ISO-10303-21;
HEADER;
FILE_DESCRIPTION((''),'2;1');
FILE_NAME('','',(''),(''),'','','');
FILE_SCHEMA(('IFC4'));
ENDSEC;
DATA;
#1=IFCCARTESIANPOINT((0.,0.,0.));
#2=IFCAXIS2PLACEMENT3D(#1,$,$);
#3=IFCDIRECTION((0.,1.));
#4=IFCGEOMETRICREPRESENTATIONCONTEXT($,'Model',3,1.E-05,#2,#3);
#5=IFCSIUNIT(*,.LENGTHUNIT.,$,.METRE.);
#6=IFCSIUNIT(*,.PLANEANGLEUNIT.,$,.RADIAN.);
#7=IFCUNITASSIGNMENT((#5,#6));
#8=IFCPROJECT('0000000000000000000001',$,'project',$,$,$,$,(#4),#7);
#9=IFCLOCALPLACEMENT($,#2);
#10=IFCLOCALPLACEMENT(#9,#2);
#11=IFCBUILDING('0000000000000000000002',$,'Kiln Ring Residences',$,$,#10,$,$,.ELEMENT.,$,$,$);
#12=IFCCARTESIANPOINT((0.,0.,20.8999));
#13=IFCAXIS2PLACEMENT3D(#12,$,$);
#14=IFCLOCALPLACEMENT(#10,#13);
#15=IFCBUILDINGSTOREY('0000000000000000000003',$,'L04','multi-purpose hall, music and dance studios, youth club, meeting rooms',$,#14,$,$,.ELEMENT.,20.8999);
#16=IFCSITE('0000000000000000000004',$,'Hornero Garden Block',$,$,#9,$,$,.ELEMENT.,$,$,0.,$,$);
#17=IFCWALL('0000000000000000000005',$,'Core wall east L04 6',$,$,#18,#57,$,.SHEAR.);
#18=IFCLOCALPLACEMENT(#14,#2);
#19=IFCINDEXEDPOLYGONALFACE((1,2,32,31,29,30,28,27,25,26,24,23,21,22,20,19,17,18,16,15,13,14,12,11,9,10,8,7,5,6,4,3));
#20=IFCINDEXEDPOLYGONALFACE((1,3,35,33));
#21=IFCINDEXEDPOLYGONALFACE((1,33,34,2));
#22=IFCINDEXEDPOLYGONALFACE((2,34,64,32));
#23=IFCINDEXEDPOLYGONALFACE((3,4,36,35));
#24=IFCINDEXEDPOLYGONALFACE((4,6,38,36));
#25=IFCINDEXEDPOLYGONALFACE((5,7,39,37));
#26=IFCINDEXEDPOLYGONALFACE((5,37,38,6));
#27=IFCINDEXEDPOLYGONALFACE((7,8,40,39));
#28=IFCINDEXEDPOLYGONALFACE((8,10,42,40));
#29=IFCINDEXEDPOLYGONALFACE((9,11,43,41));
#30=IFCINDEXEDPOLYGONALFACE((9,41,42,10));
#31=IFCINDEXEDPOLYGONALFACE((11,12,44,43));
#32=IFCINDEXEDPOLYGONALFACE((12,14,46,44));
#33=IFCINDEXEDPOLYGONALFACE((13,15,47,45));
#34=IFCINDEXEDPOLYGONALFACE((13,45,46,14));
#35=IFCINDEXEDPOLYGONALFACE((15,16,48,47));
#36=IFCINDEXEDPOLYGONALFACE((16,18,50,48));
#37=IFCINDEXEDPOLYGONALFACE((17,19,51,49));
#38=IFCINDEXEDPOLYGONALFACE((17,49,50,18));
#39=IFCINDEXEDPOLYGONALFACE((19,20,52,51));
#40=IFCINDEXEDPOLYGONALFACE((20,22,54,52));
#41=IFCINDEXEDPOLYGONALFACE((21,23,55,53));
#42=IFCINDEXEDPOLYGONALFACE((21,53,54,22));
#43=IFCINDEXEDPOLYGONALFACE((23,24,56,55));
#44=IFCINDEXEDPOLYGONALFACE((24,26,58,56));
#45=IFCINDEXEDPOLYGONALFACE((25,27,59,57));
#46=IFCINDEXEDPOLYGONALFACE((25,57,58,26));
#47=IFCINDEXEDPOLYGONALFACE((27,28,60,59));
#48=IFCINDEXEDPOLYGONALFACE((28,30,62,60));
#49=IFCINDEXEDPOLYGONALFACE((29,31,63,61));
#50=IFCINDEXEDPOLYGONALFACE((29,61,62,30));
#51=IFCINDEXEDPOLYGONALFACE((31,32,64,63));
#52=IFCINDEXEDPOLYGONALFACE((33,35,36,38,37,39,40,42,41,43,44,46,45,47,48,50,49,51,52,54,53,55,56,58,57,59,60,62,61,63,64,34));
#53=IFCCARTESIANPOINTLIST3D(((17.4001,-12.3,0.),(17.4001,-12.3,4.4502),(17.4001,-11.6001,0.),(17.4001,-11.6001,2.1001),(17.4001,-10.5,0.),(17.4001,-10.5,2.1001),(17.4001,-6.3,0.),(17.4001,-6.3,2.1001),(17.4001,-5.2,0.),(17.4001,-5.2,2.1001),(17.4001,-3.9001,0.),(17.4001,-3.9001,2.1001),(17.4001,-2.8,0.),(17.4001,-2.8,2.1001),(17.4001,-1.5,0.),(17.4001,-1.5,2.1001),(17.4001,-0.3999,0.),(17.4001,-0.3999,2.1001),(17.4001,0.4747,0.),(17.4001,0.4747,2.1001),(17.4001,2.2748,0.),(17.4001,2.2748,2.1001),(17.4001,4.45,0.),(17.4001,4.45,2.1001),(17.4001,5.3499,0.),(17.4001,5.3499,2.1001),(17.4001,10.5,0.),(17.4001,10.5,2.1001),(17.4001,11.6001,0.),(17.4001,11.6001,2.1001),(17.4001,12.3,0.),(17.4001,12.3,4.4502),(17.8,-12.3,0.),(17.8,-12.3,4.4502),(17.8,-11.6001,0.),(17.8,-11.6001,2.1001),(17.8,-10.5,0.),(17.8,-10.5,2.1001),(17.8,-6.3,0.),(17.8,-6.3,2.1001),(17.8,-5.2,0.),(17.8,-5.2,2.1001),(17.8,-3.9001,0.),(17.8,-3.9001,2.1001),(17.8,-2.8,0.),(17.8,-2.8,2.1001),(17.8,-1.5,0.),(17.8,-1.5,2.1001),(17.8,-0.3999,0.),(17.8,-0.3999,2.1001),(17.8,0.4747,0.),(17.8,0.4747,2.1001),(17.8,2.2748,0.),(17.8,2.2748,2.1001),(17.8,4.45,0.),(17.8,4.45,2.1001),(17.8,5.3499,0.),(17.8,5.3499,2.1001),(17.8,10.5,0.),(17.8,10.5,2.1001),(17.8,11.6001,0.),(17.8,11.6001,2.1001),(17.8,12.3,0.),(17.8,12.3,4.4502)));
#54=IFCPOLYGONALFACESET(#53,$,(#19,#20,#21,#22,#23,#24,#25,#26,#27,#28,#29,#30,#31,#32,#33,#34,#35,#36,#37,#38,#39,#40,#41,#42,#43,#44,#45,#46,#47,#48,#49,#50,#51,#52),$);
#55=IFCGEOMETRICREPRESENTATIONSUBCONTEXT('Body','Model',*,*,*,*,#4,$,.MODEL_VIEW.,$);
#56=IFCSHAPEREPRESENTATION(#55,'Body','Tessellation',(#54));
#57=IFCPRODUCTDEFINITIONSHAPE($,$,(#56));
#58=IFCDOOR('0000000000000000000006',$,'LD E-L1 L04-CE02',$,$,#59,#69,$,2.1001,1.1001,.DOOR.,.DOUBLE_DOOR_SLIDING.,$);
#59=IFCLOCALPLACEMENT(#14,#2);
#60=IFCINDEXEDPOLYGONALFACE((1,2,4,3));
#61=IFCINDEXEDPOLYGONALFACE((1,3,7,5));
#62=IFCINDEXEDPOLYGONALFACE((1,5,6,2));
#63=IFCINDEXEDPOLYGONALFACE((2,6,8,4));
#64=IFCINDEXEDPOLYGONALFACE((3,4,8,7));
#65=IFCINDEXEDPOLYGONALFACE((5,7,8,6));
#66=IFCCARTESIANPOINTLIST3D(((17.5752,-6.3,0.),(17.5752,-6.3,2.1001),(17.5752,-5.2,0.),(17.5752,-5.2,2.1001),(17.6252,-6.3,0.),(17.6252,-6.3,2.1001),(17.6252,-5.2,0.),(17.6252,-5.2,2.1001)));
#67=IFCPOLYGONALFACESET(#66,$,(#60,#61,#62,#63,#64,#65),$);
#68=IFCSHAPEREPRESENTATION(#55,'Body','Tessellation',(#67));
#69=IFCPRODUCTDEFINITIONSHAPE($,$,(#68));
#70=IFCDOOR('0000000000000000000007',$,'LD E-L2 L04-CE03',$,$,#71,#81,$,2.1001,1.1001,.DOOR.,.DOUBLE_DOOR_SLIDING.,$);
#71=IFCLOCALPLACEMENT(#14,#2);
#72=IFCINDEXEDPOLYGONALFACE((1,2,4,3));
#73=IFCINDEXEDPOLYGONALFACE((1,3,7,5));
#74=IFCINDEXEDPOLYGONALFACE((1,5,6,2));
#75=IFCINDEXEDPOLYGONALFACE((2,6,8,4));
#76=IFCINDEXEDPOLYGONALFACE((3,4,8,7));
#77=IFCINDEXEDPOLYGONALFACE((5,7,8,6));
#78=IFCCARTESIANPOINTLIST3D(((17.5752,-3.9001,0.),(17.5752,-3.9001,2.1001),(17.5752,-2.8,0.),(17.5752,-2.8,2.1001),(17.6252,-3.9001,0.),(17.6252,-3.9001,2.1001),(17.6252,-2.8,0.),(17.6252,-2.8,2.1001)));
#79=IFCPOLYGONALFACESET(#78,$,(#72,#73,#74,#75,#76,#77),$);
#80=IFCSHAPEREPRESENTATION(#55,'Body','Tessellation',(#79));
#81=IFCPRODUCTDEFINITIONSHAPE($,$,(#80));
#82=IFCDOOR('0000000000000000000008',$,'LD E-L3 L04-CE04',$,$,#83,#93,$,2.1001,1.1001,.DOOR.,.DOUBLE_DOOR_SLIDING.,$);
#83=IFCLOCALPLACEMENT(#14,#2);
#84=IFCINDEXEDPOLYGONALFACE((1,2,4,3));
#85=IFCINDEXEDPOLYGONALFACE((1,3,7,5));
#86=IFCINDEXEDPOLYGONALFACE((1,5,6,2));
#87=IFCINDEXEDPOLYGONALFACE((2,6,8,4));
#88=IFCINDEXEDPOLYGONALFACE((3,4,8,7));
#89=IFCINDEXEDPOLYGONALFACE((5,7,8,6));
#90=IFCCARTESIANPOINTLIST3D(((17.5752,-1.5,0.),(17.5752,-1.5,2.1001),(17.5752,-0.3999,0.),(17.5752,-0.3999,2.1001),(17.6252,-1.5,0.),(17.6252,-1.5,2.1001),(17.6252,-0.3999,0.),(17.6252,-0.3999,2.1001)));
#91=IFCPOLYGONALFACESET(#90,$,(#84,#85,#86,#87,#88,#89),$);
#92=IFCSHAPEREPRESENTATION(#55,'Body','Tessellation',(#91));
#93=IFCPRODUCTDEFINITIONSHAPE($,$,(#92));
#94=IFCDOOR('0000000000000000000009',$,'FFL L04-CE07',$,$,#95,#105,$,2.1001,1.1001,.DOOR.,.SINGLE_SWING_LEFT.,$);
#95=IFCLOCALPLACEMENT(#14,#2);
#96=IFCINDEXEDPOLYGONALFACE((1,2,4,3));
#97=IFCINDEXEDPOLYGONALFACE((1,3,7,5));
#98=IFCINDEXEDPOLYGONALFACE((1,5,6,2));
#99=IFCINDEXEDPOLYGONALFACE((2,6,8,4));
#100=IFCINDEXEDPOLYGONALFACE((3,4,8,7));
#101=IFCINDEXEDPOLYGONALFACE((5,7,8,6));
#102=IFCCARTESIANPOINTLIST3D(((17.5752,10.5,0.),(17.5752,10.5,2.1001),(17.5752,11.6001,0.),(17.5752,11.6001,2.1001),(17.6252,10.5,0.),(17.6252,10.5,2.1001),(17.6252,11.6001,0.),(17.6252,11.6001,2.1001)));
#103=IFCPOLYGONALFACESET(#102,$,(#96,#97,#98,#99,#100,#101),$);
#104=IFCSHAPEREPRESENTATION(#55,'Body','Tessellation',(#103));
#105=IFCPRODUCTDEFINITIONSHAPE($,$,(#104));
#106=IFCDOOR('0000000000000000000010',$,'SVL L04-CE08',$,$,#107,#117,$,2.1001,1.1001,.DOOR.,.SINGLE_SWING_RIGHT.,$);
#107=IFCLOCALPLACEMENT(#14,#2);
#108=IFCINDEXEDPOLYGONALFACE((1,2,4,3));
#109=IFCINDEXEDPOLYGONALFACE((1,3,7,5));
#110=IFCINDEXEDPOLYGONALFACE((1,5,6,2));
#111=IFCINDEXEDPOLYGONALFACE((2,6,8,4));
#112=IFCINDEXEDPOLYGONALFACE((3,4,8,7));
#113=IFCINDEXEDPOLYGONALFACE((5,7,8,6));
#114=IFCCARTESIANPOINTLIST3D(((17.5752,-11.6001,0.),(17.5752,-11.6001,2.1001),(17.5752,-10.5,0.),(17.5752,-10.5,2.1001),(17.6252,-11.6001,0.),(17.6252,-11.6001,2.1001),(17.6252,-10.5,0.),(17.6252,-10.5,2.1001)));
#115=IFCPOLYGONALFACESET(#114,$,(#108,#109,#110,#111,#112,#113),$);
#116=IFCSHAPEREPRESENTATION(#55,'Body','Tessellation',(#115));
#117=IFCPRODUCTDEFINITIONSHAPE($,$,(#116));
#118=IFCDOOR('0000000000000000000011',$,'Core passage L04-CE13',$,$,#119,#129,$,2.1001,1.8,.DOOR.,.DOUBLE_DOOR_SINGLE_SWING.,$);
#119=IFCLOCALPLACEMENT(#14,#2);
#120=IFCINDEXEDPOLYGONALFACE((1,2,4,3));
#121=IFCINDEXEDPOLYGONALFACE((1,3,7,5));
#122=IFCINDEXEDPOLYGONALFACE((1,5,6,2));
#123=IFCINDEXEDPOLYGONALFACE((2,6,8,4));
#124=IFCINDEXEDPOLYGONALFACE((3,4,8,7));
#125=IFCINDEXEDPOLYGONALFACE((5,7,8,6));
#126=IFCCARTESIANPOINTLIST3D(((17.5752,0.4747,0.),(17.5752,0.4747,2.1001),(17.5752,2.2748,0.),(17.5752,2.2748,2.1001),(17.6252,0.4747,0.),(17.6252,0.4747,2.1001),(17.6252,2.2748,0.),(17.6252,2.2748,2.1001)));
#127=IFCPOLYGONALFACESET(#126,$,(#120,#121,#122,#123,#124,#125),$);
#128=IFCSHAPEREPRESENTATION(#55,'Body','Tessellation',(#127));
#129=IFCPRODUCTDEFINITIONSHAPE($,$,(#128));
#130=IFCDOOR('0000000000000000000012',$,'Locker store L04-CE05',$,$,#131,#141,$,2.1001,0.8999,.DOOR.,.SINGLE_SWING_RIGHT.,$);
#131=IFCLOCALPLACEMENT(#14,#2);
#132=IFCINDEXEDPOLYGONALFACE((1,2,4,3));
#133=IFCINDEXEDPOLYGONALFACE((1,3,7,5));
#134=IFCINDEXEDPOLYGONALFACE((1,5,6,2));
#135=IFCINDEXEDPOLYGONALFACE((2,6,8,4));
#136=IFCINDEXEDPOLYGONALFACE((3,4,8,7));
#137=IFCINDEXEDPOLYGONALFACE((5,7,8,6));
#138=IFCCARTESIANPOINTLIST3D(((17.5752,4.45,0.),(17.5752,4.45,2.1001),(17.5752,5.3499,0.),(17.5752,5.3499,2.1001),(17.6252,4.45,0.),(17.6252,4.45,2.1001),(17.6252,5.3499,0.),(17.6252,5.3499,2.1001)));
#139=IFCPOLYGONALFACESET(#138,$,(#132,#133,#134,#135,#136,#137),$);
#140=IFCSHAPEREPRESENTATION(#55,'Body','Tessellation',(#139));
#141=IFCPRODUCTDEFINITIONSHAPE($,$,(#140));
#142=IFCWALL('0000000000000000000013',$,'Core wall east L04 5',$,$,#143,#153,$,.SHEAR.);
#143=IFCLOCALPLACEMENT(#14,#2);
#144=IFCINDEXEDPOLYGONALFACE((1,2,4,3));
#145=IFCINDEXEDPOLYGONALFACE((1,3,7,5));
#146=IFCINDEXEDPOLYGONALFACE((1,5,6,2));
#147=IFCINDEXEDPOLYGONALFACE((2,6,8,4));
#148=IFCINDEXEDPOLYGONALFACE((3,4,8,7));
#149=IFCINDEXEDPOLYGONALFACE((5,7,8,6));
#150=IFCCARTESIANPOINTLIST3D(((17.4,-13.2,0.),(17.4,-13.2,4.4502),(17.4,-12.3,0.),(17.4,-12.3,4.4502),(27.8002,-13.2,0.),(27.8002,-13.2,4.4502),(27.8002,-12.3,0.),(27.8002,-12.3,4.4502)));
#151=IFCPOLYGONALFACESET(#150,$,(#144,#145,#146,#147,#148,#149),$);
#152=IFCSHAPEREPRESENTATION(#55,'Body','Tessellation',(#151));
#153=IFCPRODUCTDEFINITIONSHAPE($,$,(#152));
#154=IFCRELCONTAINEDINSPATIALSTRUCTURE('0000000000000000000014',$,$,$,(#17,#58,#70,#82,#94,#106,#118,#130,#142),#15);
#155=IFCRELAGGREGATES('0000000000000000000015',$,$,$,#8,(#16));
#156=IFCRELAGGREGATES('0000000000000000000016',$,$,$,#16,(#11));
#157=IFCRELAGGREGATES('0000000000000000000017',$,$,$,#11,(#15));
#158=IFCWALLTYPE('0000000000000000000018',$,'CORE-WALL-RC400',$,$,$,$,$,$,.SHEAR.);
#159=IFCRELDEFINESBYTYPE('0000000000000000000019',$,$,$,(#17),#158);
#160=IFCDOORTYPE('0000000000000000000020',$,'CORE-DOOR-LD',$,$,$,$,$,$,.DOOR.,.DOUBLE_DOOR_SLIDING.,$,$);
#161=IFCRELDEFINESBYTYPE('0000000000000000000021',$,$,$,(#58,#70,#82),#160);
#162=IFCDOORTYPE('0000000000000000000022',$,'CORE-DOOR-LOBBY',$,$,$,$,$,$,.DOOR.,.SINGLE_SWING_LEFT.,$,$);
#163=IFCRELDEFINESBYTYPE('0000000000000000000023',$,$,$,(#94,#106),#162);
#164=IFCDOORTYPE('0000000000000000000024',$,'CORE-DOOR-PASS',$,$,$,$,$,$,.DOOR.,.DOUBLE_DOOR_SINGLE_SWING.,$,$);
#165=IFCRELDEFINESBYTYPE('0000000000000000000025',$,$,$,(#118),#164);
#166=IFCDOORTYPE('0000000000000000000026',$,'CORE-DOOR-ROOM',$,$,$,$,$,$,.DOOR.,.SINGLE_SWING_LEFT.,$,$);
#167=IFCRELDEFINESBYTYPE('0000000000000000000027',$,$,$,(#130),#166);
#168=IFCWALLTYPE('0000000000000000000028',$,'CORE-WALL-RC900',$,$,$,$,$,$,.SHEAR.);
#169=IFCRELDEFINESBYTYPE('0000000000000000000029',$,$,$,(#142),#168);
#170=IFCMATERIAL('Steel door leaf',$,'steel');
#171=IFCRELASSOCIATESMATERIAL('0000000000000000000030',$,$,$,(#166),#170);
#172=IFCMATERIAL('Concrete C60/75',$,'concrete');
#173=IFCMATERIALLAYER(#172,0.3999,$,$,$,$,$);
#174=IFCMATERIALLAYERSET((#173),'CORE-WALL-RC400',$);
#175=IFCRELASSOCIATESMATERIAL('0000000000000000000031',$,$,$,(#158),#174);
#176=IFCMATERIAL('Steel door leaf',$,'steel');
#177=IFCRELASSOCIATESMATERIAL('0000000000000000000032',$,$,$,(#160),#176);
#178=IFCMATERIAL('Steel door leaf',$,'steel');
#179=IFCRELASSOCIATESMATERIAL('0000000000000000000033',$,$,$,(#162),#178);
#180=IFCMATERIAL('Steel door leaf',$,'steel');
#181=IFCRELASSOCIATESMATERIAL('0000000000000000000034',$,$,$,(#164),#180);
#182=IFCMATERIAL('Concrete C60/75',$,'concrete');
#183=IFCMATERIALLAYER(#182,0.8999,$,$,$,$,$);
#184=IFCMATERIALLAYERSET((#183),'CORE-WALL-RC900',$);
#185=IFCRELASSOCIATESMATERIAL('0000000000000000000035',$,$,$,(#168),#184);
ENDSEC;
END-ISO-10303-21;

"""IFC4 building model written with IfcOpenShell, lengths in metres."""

from ifc_helpers import new_model, si_unit, direction, frame, frame_2d, origin, place, context, subcontext, project, spatial, rectangle, extrude, material, layer, layer_set, type_object, element, fill, save


model = new_model("IFC4")

# Units and contexts
model_context = context("Model", 3, precision=1e-05, world=origin(), true_north=direction((0.0, 1.0)))
body_context = subcontext(model_context, "Body", "Model", "MODEL_VIEW")
ifc_project = project(units=[si_unit("LENGTHUNIT", "METRE"), si_unit("PLANEANGLEUNIT", "RADIAN")], contexts=[model_context])

# Site, building, storey
site_placement = place(None, origin())
site = spatial("IfcSite", under=ifc_project, at=site_placement, Name="Hornero Garden Block", CompositionType="ELEMENT", RefElevation=0.0)
building_placement = place(site_placement, origin())
building = spatial("IfcBuilding", under=site, at=building_placement, Name="Kiln Ring Residences", CompositionType="ELEMENT")
storey_placement = place(building_placement, frame((0.0, 0.0, 20.8999)))
storey = spatial("IfcBuildingStorey", under=building, at=storey_placement, Name="L04", Description="multi-purpose hall, music and dance studios, youth club, meeting rooms", CompositionType="ELEMENT", Elevation=20.8999)

# Shared definitions
ifc_material_1 = material(Name="Steel door leaf", Category="steel")
door_type_1 = type_object("IfcDoorType", Name="CORE-DOOR-ROOM", OperationType="SINGLE_SWING_LEFT", PredefinedType="DOOR", material=ifc_material_1)

# Wall, openings, doors
ifc_material_2 = material(Name="Concrete C60/75", Category="concrete")
ifc_layer_1 = layer(ifc_material_2, 0.3999)
ifc_layer_set_1 = layer_set([ifc_layer_1], Name="CORE-WALL-RC400")
wall_type_1 = type_object("IfcWallType", Name="CORE-WALL-RC400", PredefinedType="SHEAR", material=ifc_layer_set_1)
wall_1_placement = place(storey_placement, frame((17.6001, -12.3, 0.0), z_axis=(0.0, 0.0, 1.0), x_axis=(0.0, 1.0, 0.0)))
wall_1 = element("IfcWall", 1, at=wall_1_placement, inside=storey, type_object=wall_type_1, Name="Core wall east L04 6", PredefinedType="SHEAR", context=body_context, shape_type="SweptSolid", body=[
    extrude(rectangle(XDim=24.6001, YDim=0.3999, at=frame_2d((12.3, 0.0))), origin(), (0.0, 0.0, 1.0), 4.4502),
])
opening_1_placement = place(wall_1_placement, frame((6.0, 0.0, 0.0)))
opening_1 = element("IfcOpeningElement", 2, at=opening_1_placement, cuts=wall_1, PredefinedType="OPENING", context=body_context, shape_type="SweptSolid", body=[
    extrude(rectangle(XDim=1.1001, YDim=2.1001, at=frame_2d((0.55, 1.05))), frame((0.0, 0.21, 0.0), z_axis=(0.0, -1.0, 0.0), x_axis=(1.0, 0.0, 0.0)), (0.0, 0.0, 1.0), 0.4199),
])
opening_2_placement = place(wall_1_placement, frame((8.3999, 0.0, 0.0)))
opening_2 = element("IfcOpeningElement", 3, at=opening_2_placement, cuts=wall_1, PredefinedType="OPENING", context=body_context, shape_type="SweptSolid", body=[
    extrude(rectangle(XDim=1.1001, YDim=2.1001, at=frame_2d((0.55, 1.05))), frame((0.0, 0.21, 0.0), z_axis=(0.0, -1.0, 0.0), x_axis=(1.0, 0.0, 0.0)), (0.0, 0.0, 1.0), 0.4199),
])
opening_3_placement = place(wall_1_placement, frame((10.8, 0.0, 0.0)))
opening_3 = element("IfcOpeningElement", 4, at=opening_3_placement, cuts=wall_1, PredefinedType="OPENING", context=body_context, shape_type="SweptSolid", body=[
    extrude(rectangle(XDim=1.1001, YDim=2.1001, at=frame_2d((0.55, 1.05))), frame((0.0, 0.21, 0.0), z_axis=(0.0, -1.0, 0.0), x_axis=(1.0, 0.0, 0.0)), (0.0, 0.0, 1.0), 0.4199),
])
opening_4_placement = place(wall_1_placement, frame((16.75, 0.0, 0.0)))
opening_4 = element("IfcOpeningElement", 5, at=opening_4_placement, cuts=wall_1, PredefinedType="OPENING", context=body_context, shape_type="SweptSolid", body=[
    extrude(rectangle(XDim=0.8999, YDim=2.1001, at=frame_2d((0.45, 1.05))), frame((0.0, 0.21, 0.0), z_axis=(0.0, -1.0, 0.0), x_axis=(1.0, 0.0, 0.0)), (0.0, 0.0, 1.0), 0.4199),
])
opening_5_placement = place(wall_1_placement, frame((22.8, 0.0, 0.0)))
opening_5 = element("IfcOpeningElement", 6, at=opening_5_placement, cuts=wall_1, PredefinedType="OPENING", context=body_context, shape_type="SweptSolid", body=[
    extrude(rectangle(XDim=1.1001, YDim=2.1001, at=frame_2d((0.55, 1.05))), frame((0.0, 0.21, 0.0), z_axis=(0.0, -1.0, 0.0), x_axis=(1.0, 0.0, 0.0)), (0.0, 0.0, 1.0), 0.4199),
])
opening_6_placement = place(wall_1_placement, frame((0.7, 0.0, 0.0)))
opening_6 = element("IfcOpeningElement", 7, at=opening_6_placement, cuts=wall_1, PredefinedType="OPENING", context=body_context, shape_type="SweptSolid", body=[
    extrude(rectangle(XDim=1.1001, YDim=2.1001, at=frame_2d((0.55, 1.05))), frame((0.0, 0.21, 0.0), z_axis=(0.0, -1.0, 0.0), x_axis=(1.0, 0.0, 0.0)), (0.0, 0.0, 1.0), 0.4199),
])
opening_7_placement = place(wall_1_placement, frame((12.7749, 0.0, 0.0)))
opening_7 = element("IfcOpeningElement", 8, at=opening_7_placement, cuts=wall_1, PredefinedType="OPENING", context=body_context, shape_type="SweptSolid", body=[
    extrude(rectangle(XDim=1.8, YDim=2.1001, at=frame_2d((0.8999, 1.05))), frame((0.0, 0.21, 0.0), z_axis=(0.0, -1.0, 0.0), x_axis=(1.0, 0.0, 0.0)), (0.0, 0.0, 1.0), 0.4199),
])
ifc_material_3 = material(Name="Steel door leaf", Category="steel")
door_type_2 = type_object("IfcDoorType", Name="CORE-DOOR-LD", OperationType="DOUBLE_DOOR_SLIDING", PredefinedType="DOOR", material=ifc_material_3)
door_1_placement = place(opening_1_placement, origin())
door_1 = element("IfcDoor", 9, at=door_1_placement, inside=storey, type_object=door_type_2, Name="LD E-L1 L04-CE02", OperationType="DOUBLE_DOOR_SLIDING", OverallHeight=2.1001, OverallWidth=1.1001, PredefinedType="DOOR", context=body_context, shape_type="SweptSolid", body=[
    extrude(rectangle(XDim=1.1001, YDim=2.1001, at=frame_2d((0.55, 1.05))), frame((0.0, 0.0249, 0.0), z_axis=(0.0, -1.0, 0.0), x_axis=(1.0, 0.0, 0.0)), (0.0, 0.0, 1.0), 0.05),
])
fill(opening_1, door_1)
door_2_placement = place(opening_2_placement, origin())
door_2 = element("IfcDoor", 10, at=door_2_placement, inside=storey, type_object=door_type_2, Name="LD E-L2 L04-CE03", OperationType="DOUBLE_DOOR_SLIDING", OverallHeight=2.1001, OverallWidth=1.1001, PredefinedType="DOOR", context=body_context, shape_type="SweptSolid", body=[
    extrude(rectangle(XDim=1.1001, YDim=2.1001, at=frame_2d((0.55, 1.05))), frame((0.0, 0.0249, 0.0), z_axis=(0.0, -1.0, 0.0), x_axis=(1.0, 0.0, 0.0)), (0.0, 0.0, 1.0), 0.05),
])
fill(opening_2, door_2)
door_3_placement = place(opening_3_placement, origin())
door_3 = element("IfcDoor", 11, at=door_3_placement, inside=storey, type_object=door_type_2, Name="LD E-L3 L04-CE04", OperationType="DOUBLE_DOOR_SLIDING", OverallHeight=2.1001, OverallWidth=1.1001, PredefinedType="DOOR", context=body_context, shape_type="SweptSolid", body=[
    extrude(rectangle(XDim=1.1001, YDim=2.1001, at=frame_2d((0.55, 1.05))), frame((0.0, 0.0249, 0.0), z_axis=(0.0, -1.0, 0.0), x_axis=(1.0, 0.0, 0.0)), (0.0, 0.0, 1.0), 0.05),
])
fill(opening_3, door_3)
ifc_material_4 = material(Name="Steel door leaf", Category="steel")
door_type_3 = type_object("IfcDoorType", Name="CORE-DOOR-LOBBY", OperationType="SINGLE_SWING_LEFT", PredefinedType="DOOR", material=ifc_material_4)
door_4_placement = place(opening_5_placement, origin())
door_4 = element("IfcDoor", 12, at=door_4_placement, inside=storey, type_object=door_type_3, Name="FFL L04-CE07", OperationType="SINGLE_SWING_LEFT", OverallHeight=2.1001, OverallWidth=1.1001, PredefinedType="DOOR", context=body_context, shape_type="SweptSolid", body=[
    extrude(rectangle(XDim=1.1001, YDim=2.1001, at=frame_2d((0.55, 1.05))), frame((0.0, 0.0249, 0.0), z_axis=(0.0, -1.0, 0.0), x_axis=(1.0, 0.0, 0.0)), (0.0, 0.0, 1.0), 0.05),
])
fill(opening_5, door_4)
door_5_placement = place(opening_6_placement, origin())
door_5 = element("IfcDoor", 13, at=door_5_placement, inside=storey, type_object=door_type_3, Name="SVL L04-CE08", OperationType="SINGLE_SWING_RIGHT", OverallHeight=2.1001, OverallWidth=1.1001, PredefinedType="DOOR", context=body_context, shape_type="SweptSolid", body=[
    extrude(rectangle(XDim=1.1001, YDim=2.1001, at=frame_2d((0.55, 1.05))), frame((0.0, 0.0249, 0.0), z_axis=(0.0, -1.0, 0.0), x_axis=(1.0, 0.0, 0.0)), (0.0, 0.0, 1.0), 0.05),
])
fill(opening_6, door_5)
ifc_material_5 = material(Name="Steel door leaf", Category="steel")
door_type_4 = type_object("IfcDoorType", Name="CORE-DOOR-PASS", OperationType="DOUBLE_DOOR_SINGLE_SWING", PredefinedType="DOOR", material=ifc_material_5)
door_6_placement = place(opening_7_placement, origin())
door_6 = element("IfcDoor", 14, at=door_6_placement, inside=storey, type_object=door_type_4, Name="Core passage L04-CE13", OperationType="DOUBLE_DOOR_SINGLE_SWING", OverallHeight=2.1001, OverallWidth=1.8, PredefinedType="DOOR", context=body_context, shape_type="SweptSolid", body=[
    extrude(rectangle(XDim=1.8, YDim=2.1001, at=frame_2d((0.8999, 1.05))), frame((0.0, 0.0249, 0.0), z_axis=(0.0, -1.0, 0.0), x_axis=(1.0, 0.0, 0.0)), (0.0, 0.0, 1.0), 0.05),
])
fill(opening_7, door_6)
door_7_placement = place(opening_4_placement, origin())
door_7 = element("IfcDoor", 15, at=door_7_placement, inside=storey, type_object=door_type_1, Name="Locker store L04-CE05", OperationType="SINGLE_SWING_RIGHT", OverallHeight=2.1001, OverallWidth=0.8999, PredefinedType="DOOR", context=body_context, shape_type="SweptSolid", body=[
    extrude(rectangle(XDim=0.8999, YDim=2.1001, at=frame_2d((0.45, 1.05))), frame((0.0, 0.0249, 0.0), z_axis=(0.0, -1.0, 0.0), x_axis=(1.0, 0.0, 0.0)), (0.0, 0.0, 1.0), 0.05),
])
fill(opening_4, door_7)

# Wall
ifc_material_6 = material(Name="Concrete C60/75", Category="concrete")
ifc_layer_2 = layer(ifc_material_6, 0.8999)
ifc_layer_set_2 = layer_set([ifc_layer_2], Name="CORE-WALL-RC900")
wall_type_2 = type_object("IfcWallType", Name="CORE-WALL-RC900", PredefinedType="SHEAR", material=ifc_layer_set_2)
wall_2_placement = place(storey_placement, frame((17.3999, -12.75, 0.0), z_axis=(0.0, 0.0, 1.0), x_axis=(1.0, 0.0, 0.0)))
element("IfcWall", 16, at=wall_2_placement, inside=storey, type_object=wall_type_2, Name="Core wall east L04 5", PredefinedType="SHEAR", context=body_context, shape_type="SweptSolid", body=[
    extrude(rectangle(XDim=10.4001, YDim=0.8999, at=frame_2d((5.2002, 0.0))), origin(), (0.0, 0.0, 1.0), 4.4502),
])

save(model, "model.ifc")
